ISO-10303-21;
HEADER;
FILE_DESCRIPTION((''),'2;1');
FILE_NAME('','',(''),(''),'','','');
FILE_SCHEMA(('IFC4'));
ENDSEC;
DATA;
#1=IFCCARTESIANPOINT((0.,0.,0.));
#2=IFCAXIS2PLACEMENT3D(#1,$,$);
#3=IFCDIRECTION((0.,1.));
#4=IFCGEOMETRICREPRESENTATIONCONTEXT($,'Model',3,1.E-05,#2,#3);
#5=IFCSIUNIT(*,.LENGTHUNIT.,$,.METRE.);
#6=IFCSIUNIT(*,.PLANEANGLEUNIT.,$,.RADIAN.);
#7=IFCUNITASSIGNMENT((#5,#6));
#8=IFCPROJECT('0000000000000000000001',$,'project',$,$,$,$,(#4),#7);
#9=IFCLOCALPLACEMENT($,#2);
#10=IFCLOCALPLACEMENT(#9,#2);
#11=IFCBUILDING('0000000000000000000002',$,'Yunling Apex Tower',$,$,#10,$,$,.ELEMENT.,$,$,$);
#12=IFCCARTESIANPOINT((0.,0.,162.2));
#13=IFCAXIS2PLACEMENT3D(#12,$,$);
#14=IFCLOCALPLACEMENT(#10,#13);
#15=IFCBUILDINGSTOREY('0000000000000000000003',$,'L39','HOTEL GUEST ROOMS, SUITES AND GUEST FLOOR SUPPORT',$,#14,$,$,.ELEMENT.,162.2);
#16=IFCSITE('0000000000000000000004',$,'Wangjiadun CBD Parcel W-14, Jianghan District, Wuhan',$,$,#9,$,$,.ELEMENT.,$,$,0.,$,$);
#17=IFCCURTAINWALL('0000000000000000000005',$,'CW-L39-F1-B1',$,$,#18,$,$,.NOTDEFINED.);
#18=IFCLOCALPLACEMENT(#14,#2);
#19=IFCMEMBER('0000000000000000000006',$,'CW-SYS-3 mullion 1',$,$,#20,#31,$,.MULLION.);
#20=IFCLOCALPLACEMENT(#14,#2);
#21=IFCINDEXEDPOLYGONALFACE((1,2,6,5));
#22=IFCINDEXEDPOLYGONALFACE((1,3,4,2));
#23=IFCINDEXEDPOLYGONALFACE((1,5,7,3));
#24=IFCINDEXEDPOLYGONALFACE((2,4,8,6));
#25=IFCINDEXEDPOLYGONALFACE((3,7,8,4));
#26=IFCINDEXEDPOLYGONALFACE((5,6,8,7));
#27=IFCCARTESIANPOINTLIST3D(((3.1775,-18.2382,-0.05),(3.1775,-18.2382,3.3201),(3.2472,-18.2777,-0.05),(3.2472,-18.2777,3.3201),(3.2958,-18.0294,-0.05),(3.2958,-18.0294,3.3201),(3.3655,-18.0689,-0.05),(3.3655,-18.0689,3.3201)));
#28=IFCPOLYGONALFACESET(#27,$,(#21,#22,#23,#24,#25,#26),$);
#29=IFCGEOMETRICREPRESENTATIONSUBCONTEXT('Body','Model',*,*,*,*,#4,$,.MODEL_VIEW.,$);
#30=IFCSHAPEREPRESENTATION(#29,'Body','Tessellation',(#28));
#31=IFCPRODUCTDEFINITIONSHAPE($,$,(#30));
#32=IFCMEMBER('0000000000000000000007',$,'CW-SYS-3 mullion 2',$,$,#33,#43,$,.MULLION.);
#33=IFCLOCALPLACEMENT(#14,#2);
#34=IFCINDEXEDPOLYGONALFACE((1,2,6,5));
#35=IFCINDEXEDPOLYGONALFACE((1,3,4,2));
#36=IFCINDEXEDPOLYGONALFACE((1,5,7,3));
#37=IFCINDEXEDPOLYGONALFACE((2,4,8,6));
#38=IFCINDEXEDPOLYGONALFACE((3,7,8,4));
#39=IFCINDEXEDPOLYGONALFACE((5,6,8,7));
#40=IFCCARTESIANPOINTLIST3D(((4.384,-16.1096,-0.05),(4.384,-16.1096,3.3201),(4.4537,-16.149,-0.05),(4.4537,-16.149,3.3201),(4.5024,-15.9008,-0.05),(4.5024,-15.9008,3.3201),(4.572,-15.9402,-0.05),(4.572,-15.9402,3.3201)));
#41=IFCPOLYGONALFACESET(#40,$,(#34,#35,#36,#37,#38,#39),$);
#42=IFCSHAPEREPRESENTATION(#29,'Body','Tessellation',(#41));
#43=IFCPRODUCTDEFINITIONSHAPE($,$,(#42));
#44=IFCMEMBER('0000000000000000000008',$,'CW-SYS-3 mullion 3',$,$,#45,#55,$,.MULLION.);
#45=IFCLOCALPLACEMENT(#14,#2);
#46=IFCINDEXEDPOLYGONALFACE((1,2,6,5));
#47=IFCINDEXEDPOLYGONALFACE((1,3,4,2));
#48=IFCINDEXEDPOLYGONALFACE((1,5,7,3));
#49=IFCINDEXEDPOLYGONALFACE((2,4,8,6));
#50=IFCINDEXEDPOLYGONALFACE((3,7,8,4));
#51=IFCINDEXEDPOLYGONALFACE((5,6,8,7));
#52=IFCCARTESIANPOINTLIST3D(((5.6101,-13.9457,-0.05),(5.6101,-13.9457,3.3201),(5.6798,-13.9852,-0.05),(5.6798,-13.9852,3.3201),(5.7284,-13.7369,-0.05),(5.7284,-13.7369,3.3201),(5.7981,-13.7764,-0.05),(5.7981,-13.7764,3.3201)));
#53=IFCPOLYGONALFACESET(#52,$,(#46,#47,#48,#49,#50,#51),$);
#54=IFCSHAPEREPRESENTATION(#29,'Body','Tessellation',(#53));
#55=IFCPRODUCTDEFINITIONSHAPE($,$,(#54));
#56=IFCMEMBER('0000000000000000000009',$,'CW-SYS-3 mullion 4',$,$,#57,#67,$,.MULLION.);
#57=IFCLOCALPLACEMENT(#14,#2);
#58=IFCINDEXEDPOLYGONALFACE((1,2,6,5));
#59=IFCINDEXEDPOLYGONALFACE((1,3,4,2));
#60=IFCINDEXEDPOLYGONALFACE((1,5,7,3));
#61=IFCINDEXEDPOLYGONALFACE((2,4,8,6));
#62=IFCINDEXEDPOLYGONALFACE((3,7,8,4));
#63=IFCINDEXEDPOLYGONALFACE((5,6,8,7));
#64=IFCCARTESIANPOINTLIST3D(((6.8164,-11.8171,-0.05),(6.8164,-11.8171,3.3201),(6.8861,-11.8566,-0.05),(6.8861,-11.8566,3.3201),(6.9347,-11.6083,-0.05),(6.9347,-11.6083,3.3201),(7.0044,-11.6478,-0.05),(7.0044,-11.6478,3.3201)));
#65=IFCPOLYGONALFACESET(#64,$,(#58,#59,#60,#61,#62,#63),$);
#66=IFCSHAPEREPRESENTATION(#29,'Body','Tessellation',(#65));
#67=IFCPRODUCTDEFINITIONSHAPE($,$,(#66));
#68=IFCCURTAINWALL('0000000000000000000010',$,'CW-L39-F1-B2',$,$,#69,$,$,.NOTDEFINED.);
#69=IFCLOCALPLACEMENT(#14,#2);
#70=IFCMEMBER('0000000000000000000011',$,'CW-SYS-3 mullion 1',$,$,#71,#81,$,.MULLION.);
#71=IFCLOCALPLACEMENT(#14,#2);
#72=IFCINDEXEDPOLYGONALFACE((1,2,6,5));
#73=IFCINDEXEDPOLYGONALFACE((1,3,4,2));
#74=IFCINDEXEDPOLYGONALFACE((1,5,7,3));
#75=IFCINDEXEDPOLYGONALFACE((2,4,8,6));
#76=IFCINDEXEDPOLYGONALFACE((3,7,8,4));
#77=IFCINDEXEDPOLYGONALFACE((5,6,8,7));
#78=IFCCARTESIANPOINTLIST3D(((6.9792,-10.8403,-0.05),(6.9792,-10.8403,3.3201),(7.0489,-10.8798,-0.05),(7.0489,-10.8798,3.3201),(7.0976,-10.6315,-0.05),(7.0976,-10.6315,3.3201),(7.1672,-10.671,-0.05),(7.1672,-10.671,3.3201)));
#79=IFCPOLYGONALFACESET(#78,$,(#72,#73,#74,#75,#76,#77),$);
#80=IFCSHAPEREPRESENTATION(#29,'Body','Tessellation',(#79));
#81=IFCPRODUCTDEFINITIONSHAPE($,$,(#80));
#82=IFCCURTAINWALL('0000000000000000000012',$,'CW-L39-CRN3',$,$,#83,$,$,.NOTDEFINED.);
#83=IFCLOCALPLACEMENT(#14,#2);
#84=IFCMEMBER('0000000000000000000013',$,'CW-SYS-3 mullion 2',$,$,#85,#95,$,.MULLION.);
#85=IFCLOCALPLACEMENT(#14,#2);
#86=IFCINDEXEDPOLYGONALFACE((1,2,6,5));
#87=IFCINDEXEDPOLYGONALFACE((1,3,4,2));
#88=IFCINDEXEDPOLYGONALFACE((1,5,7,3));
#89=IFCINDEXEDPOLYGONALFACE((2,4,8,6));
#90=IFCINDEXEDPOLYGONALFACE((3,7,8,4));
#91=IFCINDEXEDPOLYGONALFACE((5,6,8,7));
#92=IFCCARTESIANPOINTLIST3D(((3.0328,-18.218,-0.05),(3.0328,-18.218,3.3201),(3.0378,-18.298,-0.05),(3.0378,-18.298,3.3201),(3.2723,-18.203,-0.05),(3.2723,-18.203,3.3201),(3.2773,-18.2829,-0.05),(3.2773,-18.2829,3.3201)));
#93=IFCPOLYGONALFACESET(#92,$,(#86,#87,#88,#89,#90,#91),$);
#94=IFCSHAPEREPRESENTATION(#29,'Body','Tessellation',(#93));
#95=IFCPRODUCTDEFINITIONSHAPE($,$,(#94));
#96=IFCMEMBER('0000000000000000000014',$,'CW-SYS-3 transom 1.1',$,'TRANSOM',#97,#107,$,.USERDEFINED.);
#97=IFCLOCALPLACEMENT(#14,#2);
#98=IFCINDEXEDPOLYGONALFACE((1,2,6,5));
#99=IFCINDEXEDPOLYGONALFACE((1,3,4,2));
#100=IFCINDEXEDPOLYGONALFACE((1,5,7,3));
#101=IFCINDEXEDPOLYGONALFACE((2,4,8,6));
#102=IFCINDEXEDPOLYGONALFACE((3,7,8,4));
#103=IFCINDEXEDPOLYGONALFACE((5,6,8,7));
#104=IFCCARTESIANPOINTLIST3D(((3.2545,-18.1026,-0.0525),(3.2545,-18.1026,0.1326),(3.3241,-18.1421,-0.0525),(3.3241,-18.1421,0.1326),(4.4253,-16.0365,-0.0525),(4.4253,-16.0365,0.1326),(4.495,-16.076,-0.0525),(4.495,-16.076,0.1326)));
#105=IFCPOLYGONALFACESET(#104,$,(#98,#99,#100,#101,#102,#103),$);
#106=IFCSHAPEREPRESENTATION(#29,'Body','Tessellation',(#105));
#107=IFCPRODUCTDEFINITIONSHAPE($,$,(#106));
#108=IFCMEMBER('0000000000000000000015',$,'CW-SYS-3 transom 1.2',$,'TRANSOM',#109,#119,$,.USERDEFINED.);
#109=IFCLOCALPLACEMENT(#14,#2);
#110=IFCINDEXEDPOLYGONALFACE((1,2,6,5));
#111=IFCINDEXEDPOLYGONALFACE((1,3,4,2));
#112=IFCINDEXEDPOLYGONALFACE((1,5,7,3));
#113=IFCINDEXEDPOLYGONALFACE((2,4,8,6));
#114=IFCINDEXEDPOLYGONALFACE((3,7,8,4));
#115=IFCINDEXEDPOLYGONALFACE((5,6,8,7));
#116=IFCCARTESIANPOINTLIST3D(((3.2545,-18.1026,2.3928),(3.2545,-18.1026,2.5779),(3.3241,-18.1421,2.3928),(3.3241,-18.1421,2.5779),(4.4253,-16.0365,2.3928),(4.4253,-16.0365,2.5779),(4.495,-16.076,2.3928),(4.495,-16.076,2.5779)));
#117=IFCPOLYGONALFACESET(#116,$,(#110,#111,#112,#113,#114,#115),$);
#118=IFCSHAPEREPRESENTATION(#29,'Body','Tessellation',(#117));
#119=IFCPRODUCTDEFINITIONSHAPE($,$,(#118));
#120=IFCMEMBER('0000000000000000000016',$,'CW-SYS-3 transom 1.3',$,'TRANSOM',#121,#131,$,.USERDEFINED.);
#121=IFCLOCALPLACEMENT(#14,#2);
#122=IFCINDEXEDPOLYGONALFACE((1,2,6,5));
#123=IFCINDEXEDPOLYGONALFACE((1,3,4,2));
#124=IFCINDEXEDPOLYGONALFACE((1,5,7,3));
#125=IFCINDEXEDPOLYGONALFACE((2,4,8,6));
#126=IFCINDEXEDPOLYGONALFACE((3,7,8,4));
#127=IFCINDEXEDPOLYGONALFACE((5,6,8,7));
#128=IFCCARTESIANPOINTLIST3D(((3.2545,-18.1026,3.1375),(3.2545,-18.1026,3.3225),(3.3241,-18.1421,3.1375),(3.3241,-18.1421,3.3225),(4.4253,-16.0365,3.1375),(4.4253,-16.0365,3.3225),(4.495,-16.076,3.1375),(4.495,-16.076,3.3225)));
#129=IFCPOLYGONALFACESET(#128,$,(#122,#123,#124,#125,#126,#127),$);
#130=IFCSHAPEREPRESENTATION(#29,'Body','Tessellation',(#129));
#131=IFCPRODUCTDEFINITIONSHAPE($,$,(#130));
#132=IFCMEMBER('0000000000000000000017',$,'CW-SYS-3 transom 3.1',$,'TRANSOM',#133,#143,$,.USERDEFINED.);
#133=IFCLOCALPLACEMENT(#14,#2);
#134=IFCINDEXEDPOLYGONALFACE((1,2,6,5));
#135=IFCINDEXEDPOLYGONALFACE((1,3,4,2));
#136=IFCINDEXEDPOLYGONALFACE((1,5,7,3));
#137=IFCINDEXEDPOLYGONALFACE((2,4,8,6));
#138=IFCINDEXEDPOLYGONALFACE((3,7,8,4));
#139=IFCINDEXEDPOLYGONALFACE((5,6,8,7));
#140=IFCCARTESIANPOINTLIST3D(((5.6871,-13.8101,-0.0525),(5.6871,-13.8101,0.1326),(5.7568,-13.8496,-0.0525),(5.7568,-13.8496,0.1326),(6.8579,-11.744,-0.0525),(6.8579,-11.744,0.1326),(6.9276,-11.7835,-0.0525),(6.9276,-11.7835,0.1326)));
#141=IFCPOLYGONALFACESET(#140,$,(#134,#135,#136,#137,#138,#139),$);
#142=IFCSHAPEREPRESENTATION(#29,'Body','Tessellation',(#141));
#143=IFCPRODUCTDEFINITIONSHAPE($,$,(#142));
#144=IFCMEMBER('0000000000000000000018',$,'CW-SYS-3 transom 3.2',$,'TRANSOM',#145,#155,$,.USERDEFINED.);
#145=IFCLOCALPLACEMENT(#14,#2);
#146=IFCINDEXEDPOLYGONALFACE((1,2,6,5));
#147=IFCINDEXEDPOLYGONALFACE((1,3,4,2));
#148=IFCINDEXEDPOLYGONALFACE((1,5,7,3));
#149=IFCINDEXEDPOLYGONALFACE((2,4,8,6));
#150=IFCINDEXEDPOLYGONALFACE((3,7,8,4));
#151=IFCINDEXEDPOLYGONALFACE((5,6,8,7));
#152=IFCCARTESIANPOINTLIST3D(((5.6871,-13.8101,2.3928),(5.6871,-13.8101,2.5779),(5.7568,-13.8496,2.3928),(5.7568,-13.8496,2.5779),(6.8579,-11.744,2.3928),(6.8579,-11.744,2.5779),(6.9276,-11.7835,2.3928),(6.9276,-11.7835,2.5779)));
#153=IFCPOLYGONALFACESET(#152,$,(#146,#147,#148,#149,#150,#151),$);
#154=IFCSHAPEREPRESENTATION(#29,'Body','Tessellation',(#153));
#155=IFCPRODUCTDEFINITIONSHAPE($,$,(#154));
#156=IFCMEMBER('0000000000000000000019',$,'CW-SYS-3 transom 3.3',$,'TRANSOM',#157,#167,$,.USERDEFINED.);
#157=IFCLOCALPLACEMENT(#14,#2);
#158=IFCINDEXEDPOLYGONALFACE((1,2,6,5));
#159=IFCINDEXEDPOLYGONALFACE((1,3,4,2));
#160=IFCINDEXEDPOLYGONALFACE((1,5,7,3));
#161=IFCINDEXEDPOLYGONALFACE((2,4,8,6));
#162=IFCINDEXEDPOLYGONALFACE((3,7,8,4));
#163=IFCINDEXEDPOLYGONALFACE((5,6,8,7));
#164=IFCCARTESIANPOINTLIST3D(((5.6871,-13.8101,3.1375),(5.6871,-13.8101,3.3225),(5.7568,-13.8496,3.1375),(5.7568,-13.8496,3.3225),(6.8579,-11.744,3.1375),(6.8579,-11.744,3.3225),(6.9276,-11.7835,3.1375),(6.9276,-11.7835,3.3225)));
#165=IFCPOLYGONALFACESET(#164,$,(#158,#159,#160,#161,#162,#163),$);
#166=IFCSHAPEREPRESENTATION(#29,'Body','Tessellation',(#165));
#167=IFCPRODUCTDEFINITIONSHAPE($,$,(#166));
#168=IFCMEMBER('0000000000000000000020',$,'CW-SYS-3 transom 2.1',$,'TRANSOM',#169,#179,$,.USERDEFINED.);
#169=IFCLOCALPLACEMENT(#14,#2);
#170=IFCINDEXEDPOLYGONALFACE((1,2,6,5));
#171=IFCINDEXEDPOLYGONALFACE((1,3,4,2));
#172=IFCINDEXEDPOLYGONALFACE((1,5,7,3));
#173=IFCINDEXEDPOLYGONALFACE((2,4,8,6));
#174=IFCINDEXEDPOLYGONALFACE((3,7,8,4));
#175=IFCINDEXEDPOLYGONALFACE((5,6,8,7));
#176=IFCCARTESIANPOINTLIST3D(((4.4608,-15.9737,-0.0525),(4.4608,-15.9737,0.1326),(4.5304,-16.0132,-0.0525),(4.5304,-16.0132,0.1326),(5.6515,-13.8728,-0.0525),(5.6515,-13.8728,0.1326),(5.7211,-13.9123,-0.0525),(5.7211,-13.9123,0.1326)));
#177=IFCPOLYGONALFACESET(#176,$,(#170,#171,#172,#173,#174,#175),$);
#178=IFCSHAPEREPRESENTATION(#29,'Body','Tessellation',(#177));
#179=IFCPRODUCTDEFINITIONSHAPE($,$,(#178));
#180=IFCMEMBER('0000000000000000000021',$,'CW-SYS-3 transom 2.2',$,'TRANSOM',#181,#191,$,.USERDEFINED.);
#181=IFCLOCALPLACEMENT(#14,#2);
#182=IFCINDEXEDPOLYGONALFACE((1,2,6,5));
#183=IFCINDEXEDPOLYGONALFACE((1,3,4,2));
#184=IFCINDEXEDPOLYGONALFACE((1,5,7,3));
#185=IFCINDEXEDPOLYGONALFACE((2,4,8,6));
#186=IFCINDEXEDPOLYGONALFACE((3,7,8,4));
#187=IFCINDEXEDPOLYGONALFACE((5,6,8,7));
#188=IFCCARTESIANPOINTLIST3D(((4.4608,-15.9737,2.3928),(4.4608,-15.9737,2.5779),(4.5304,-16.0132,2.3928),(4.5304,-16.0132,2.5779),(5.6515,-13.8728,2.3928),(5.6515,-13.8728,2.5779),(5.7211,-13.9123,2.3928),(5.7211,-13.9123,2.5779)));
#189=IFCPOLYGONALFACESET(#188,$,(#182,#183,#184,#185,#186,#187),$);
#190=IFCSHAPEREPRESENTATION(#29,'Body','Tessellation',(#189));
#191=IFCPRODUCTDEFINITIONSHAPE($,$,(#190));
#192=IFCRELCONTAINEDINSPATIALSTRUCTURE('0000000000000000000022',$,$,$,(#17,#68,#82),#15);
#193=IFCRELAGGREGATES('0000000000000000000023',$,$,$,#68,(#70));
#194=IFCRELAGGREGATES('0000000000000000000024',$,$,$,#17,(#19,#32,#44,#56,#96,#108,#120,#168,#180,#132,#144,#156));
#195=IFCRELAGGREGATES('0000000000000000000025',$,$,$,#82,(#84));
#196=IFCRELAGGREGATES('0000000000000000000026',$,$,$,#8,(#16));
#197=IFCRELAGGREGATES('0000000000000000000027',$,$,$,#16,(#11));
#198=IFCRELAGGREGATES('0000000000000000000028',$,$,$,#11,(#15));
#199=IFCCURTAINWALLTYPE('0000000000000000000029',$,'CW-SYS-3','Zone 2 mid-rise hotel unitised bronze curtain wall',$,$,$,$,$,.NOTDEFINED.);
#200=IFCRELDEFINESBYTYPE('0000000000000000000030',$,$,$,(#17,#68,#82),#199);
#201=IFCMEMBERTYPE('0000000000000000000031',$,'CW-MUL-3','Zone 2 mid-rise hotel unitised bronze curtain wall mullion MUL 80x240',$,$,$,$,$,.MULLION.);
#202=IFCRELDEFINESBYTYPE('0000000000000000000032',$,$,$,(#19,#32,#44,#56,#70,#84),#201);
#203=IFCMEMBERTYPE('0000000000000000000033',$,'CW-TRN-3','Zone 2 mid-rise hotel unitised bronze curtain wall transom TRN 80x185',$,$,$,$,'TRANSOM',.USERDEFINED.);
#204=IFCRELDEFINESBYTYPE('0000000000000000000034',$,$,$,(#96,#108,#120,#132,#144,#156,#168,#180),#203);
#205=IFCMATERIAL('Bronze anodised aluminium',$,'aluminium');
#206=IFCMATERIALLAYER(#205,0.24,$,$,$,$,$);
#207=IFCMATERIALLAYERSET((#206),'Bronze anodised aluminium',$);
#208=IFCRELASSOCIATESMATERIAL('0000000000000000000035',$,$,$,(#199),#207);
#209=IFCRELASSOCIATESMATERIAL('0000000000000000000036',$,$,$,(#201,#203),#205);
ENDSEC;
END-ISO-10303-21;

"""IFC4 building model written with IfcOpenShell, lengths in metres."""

from ifc_helpers import new_model, si_unit, direction, frame, origin, origin_2d, place, context, subcontext, project, spatial, rectangle, extrude, source, transform, mapped, material, layer, layer_set, material_profile, profile_set, type_object, element, aggregate, save


model = new_model("IFC4")

# Units and contexts
model_context = context("Model", 3, precision=1e-05, world=origin(), true_north=direction((0.0, 1.0)))
body_context = subcontext(model_context, "Body", "Model", "MODEL_VIEW")
ifc_project = project(units=[si_unit("LENGTHUNIT", "METRE"), si_unit("PLANEANGLEUNIT", "RADIAN")], contexts=[model_context])

# Site, building, storey
site_placement = place(None, origin())
site = spatial("IfcSite", under=ifc_project, at=site_placement, Name="Wangjiadun CBD Parcel W-14, Jianghan District, Wuhan", CompositionType="ELEMENT", RefElevation=0.0)
building_placement = place(site_placement, origin())
building = spatial("IfcBuilding", under=site, at=building_placement, Name="Yunling Apex Tower", CompositionType="ELEMENT")
storey_placement = place(building_placement, frame((0.0, 0.0, 162.2)))
storey = spatial("IfcBuildingStorey", under=building, at=storey_placement, Name="L39", Description="HOTEL GUEST ROOMS, SUITES AND GUEST FLOOR SUPPORT", CompositionType="ELEMENT", Elevation=162.2)

# Curtain wall, members
ifc_material_1 = material(Name="Bronze anodised aluminium", Category="aluminium")
ifc_layer_1 = layer(ifc_material_1, 0.24)
ifc_layer_set_1 = layer_set([ifc_layer_1], Name="Bronze anodised aluminium")
curtain_wall_type = type_object("IfcCurtainWallType", Name="CW-SYS-3", Description="Zone 2 mid-rise hotel unitised bronze curtain wall", PredefinedType="NOTDEFINED", material=ifc_layer_set_1)
curtain_wall_1_placement = place(storey_placement, origin())
curtain_wall_1 = element("IfcCurtainWall", 1, at=curtain_wall_1_placement, inside=storey, type_object=curtain_wall_type, Name="CW-L39-F1-B1", PredefinedType="NOTDEFINED")
ifc_material_profile_1 = material_profile(ifc_material_1, rectangle(XDim=0.0801, YDim=0.24, at=origin_2d()))
ifc_profile_set_1 = profile_set([ifc_material_profile_1], Name="Bronze anodised aluminium")
member_type_1 = type_object("IfcMemberType", Name="CW-MUL-3", Description="Zone 2 mid-rise hotel unitised bronze curtain wall mullion MUL 80x240", PredefinedType="MULLION", material=ifc_profile_set_1)
shared_shape_1 = source(origin(), body_context, "Body", "SweptSolid", [
    extrude(rectangle(XDim=0.0801, YDim=0.24, at=origin_2d()), origin(), (0.0, 0.0, 1.0), 3.3701),
])
member_1_placement = place(storey_placement, frame((3.2715, -18.1536, -0.05), z_axis=(0.0, 0.0, 1.0), x_axis=(-0.870006, 0.493041, 0.0)))
member_1 = element("IfcMember", 2, at=member_1_placement, type_object=member_type_1, Name="CW-SYS-3 mullion 1", PredefinedType="MULLION", context=body_context, shape_type="MappedRepresentation", body=[
    mapped(shared_shape_1, transform((0.0, 0.0, 0.0), scale=1.0)),
])
member_2_placement = place(storey_placement, frame((4.478, -16.0249, -0.05), z_axis=(0.0, 0.0, 1.0), x_axis=(-0.870006, 0.493041, 0.0)))
member_2 = element("IfcMember", 3, at=member_2_placement, type_object=member_type_1, Name="CW-SYS-3 mullion 2", PredefinedType="MULLION", context=body_context, shape_type="MappedRepresentation", body=[
    mapped(shared_shape_1, transform((0.0, 0.0, 0.0), scale=1.0)),
])
member_3_placement = place(storey_placement, frame((5.7041, -13.8611, -0.05), z_axis=(0.0, 0.0, 1.0), x_axis=(-0.870006, 0.493041, 0.0)))
member_3 = element("IfcMember", 4, at=member_3_placement, type_object=member_type_1, Name="CW-SYS-3 mullion 3", PredefinedType="MULLION", context=body_context, shape_type="MappedRepresentation", body=[
    mapped(shared_shape_1, transform((0.0, 0.0, 0.0), scale=1.0)),
])
member_4_placement = place(storey_placement, frame((6.9104, -11.7324, -0.05), z_axis=(0.0, 0.0, 1.0), x_axis=(-0.870006, 0.493041, 0.0)))
member_4 = element("IfcMember", 5, at=member_4_placement, type_object=member_type_1, Name="CW-SYS-3 mullion 4", PredefinedType="MULLION", context=body_context, shape_type="MappedRepresentation", body=[
    mapped(shared_shape_1, transform((0.0, 0.0, 0.0), scale=1.0)),
])

# Curtain walls, members
curtain_wall_2_placement = place(storey_placement, origin())
curtain_wall_2 = element("IfcCurtainWall", 6, at=curtain_wall_2_placement, inside=storey, type_object=curtain_wall_type, Name="CW-L39-F1-B2", PredefinedType="NOTDEFINED")
member_5_placement = place(storey_placement, frame((7.0732, -10.7556, -0.05), z_axis=(0.0, 0.0, 1.0), x_axis=(-0.870003, 0.493047, 0.0)))
member_5 = element("IfcMember", 7, at=member_5_placement, type_object=member_type_1, Name="CW-SYS-3 mullion 1", PredefinedType="MULLION", context=body_context, shape_type="MappedRepresentation", body=[
    mapped(shared_shape_1, transform((0.0, 0.0, 0.0), scale=1.0)),
])
curtain_wall_3_placement = place(storey_placement, origin())
curtain_wall_3 = element("IfcCurtainWall", 8, at=curtain_wall_3_placement, inside=storey, type_object=curtain_wall_type, Name="CW-L39-CRN3", PredefinedType="NOTDEFINED")
member_6_placement = place(storey_placement, frame((3.155, -18.2505, -0.05), z_axis=(0.0, 0.0, 1.0), x_axis=(-0.062672, 0.998034, 0.0)))
member_6 = element("IfcMember", 9, at=member_6_placement, type_object=member_type_1, Name="CW-SYS-3 mullion 2", PredefinedType="MULLION", context=body_context, shape_type="MappedRepresentation", body=[
    mapped(shared_shape_1, transform((0.0, 0.0, 0.0), scale=1.0)),
])

# Members
ifc_material_profile_2 = material_profile(ifc_material_1, rectangle(XDim=0.0801, YDim=0.1851, at=origin_2d()))
ifc_profile_set_2 = profile_set([ifc_material_profile_2], Name="Bronze anodised aluminium")
member_type_2 = type_object("IfcMemberType", Name="CW-TRN-3", Description="Zone 2 mid-rise hotel unitised bronze curtain wall transom TRN 80x185", ElementType="TRANSOM", PredefinedType="USERDEFINED", material=ifc_profile_set_2)
shared_shape_2 = source(origin(), body_context, "Body", "SweptSolid", [
    extrude(rectangle(XDim=0.0801, YDim=0.1851, at=origin_2d()), origin(), (0.0, 0.0, 1.0), 2.3748),
])
member_7_placement = place(storey_placement, frame((3.2893, -18.1223, 0.04), z_axis=(0.493036, 0.870009, 0.0), x_axis=(-0.870009, 0.493036, 0.0)))
member_7 = element("IfcMember", 10, at=member_7_placement, type_object=member_type_2, Name="CW-SYS-3 transom 1.1", ObjectType="TRANSOM", PredefinedType="USERDEFINED", context=body_context, shape_type="MappedRepresentation", body=[
    mapped(shared_shape_2, transform((0.0, 0.0, 0.0), scale=1.0)),
])
member_8_placement = place(storey_placement, frame((3.2893, -18.1223, 2.4854), z_axis=(0.493036, 0.870009, 0.0), x_axis=(-0.870009, 0.493036, 0.0)))
member_8 = element("IfcMember", 11, at=member_8_placement, type_object=member_type_2, Name="CW-SYS-3 transom 1.2", ObjectType="TRANSOM", PredefinedType="USERDEFINED", context=body_context, shape_type="MappedRepresentation", body=[
    mapped(shared_shape_2, transform((0.0, 0.0, 0.0), scale=1.0)),
])
member_9_placement = place(storey_placement, frame((3.2893, -18.1223, 3.23), z_axis=(0.493036, 0.870009, 0.0), x_axis=(-0.870009, 0.493036, 0.0)))
member_9 = element("IfcMember", 12, at=member_9_placement, type_object=member_type_2, Name="CW-SYS-3 transom 1.3", ObjectType="TRANSOM", PredefinedType="USERDEFINED", context=body_context, shape_type="MappedRepresentation", body=[
    mapped(shared_shape_2, transform((0.0, 0.0, 0.0), scale=1.0)),
])
member_10_placement = place(storey_placement, frame((5.7219, -13.8298, 0.04), z_axis=(0.493036, 0.870009, 0.0), x_axis=(-0.870009, 0.493036, 0.0)))
member_10 = element("IfcMember", 13, at=member_10_placement, type_object=member_type_2, Name="CW-SYS-3 transom 3.1", ObjectType="TRANSOM", PredefinedType="USERDEFINED", context=body_context, shape_type="MappedRepresentation", body=[
    mapped(shared_shape_2, transform((0.0, 0.0, 0.0), scale=1.0)),
])
member_11_placement = place(storey_placement, frame((5.7219, -13.8298, 2.4854), z_axis=(0.493036, 0.870009, 0.0), x_axis=(-0.870009, 0.493036, 0.0)))
member_11 = element("IfcMember", 14, at=member_11_placement, type_object=member_type_2, Name="CW-SYS-3 transom 3.2", ObjectType="TRANSOM", PredefinedType="USERDEFINED", context=body_context, shape_type="MappedRepresentation", body=[
    mapped(shared_shape_2, transform((0.0, 0.0, 0.0), scale=1.0)),
])
member_12_placement = place(storey_placement, frame((5.7219, -13.8298, 3.23), z_axis=(0.493036, 0.870009, 0.0), x_axis=(-0.870009, 0.493036, 0.0)))
member_12 = element("IfcMember", 15, at=member_12_placement, type_object=member_type_2, Name="CW-SYS-3 transom 3.3", ObjectType="TRANSOM", PredefinedType="USERDEFINED", context=body_context, shape_type="MappedRepresentation", body=[
    mapped(shared_shape_2, transform((0.0, 0.0, 0.0), scale=1.0)),
])
shared_shape_3 = source(origin(), body_context, "Body", "SweptSolid", [
    extrude(rectangle(XDim=0.0801, YDim=0.1851, at=origin_2d()), origin(), (0.0, 0.0, 1.0), 2.4148),
])
member_13_placement = place(storey_placement, frame((4.4956, -15.9934, 0.04), z_axis=(0.493076, 0.869986, 0.0), x_axis=(-0.869986, 0.493076, 0.0)))
member_13 = element("IfcMember", 16, at=member_13_placement, type_object=member_type_2, Name="CW-SYS-3 transom 2.1", ObjectType="TRANSOM", PredefinedType="USERDEFINED", context=body_context, shape_type="MappedRepresentation", body=[
    mapped(shared_shape_3, transform((0.0, 0.0, 0.0), scale=1.0)),
])
member_14_placement = place(storey_placement, frame((4.4956, -15.9934, 2.4854), z_axis=(0.493076, 0.869986, 0.0), x_axis=(-0.869986, 0.493076, 0.0)))
member_14 = element("IfcMember", 17, at=member_14_placement, type_object=member_type_2, Name="CW-SYS-3 transom 2.2", ObjectType="TRANSOM", PredefinedType="USERDEFINED", context=body_context, shape_type="MappedRepresentation", body=[
    mapped(shared_shape_3, transform((0.0, 0.0, 0.0), scale=1.0)),
])
aggregate(curtain_wall_2, [member_5])

aggregate(curtain_wall_1, [member_1, member_2, member_3, member_4, member_7, member_8, member_9, member_13, member_14, member_10, member_11, member_12])
aggregate(curtain_wall_3, [member_6])

save(model, "model.ifc")
